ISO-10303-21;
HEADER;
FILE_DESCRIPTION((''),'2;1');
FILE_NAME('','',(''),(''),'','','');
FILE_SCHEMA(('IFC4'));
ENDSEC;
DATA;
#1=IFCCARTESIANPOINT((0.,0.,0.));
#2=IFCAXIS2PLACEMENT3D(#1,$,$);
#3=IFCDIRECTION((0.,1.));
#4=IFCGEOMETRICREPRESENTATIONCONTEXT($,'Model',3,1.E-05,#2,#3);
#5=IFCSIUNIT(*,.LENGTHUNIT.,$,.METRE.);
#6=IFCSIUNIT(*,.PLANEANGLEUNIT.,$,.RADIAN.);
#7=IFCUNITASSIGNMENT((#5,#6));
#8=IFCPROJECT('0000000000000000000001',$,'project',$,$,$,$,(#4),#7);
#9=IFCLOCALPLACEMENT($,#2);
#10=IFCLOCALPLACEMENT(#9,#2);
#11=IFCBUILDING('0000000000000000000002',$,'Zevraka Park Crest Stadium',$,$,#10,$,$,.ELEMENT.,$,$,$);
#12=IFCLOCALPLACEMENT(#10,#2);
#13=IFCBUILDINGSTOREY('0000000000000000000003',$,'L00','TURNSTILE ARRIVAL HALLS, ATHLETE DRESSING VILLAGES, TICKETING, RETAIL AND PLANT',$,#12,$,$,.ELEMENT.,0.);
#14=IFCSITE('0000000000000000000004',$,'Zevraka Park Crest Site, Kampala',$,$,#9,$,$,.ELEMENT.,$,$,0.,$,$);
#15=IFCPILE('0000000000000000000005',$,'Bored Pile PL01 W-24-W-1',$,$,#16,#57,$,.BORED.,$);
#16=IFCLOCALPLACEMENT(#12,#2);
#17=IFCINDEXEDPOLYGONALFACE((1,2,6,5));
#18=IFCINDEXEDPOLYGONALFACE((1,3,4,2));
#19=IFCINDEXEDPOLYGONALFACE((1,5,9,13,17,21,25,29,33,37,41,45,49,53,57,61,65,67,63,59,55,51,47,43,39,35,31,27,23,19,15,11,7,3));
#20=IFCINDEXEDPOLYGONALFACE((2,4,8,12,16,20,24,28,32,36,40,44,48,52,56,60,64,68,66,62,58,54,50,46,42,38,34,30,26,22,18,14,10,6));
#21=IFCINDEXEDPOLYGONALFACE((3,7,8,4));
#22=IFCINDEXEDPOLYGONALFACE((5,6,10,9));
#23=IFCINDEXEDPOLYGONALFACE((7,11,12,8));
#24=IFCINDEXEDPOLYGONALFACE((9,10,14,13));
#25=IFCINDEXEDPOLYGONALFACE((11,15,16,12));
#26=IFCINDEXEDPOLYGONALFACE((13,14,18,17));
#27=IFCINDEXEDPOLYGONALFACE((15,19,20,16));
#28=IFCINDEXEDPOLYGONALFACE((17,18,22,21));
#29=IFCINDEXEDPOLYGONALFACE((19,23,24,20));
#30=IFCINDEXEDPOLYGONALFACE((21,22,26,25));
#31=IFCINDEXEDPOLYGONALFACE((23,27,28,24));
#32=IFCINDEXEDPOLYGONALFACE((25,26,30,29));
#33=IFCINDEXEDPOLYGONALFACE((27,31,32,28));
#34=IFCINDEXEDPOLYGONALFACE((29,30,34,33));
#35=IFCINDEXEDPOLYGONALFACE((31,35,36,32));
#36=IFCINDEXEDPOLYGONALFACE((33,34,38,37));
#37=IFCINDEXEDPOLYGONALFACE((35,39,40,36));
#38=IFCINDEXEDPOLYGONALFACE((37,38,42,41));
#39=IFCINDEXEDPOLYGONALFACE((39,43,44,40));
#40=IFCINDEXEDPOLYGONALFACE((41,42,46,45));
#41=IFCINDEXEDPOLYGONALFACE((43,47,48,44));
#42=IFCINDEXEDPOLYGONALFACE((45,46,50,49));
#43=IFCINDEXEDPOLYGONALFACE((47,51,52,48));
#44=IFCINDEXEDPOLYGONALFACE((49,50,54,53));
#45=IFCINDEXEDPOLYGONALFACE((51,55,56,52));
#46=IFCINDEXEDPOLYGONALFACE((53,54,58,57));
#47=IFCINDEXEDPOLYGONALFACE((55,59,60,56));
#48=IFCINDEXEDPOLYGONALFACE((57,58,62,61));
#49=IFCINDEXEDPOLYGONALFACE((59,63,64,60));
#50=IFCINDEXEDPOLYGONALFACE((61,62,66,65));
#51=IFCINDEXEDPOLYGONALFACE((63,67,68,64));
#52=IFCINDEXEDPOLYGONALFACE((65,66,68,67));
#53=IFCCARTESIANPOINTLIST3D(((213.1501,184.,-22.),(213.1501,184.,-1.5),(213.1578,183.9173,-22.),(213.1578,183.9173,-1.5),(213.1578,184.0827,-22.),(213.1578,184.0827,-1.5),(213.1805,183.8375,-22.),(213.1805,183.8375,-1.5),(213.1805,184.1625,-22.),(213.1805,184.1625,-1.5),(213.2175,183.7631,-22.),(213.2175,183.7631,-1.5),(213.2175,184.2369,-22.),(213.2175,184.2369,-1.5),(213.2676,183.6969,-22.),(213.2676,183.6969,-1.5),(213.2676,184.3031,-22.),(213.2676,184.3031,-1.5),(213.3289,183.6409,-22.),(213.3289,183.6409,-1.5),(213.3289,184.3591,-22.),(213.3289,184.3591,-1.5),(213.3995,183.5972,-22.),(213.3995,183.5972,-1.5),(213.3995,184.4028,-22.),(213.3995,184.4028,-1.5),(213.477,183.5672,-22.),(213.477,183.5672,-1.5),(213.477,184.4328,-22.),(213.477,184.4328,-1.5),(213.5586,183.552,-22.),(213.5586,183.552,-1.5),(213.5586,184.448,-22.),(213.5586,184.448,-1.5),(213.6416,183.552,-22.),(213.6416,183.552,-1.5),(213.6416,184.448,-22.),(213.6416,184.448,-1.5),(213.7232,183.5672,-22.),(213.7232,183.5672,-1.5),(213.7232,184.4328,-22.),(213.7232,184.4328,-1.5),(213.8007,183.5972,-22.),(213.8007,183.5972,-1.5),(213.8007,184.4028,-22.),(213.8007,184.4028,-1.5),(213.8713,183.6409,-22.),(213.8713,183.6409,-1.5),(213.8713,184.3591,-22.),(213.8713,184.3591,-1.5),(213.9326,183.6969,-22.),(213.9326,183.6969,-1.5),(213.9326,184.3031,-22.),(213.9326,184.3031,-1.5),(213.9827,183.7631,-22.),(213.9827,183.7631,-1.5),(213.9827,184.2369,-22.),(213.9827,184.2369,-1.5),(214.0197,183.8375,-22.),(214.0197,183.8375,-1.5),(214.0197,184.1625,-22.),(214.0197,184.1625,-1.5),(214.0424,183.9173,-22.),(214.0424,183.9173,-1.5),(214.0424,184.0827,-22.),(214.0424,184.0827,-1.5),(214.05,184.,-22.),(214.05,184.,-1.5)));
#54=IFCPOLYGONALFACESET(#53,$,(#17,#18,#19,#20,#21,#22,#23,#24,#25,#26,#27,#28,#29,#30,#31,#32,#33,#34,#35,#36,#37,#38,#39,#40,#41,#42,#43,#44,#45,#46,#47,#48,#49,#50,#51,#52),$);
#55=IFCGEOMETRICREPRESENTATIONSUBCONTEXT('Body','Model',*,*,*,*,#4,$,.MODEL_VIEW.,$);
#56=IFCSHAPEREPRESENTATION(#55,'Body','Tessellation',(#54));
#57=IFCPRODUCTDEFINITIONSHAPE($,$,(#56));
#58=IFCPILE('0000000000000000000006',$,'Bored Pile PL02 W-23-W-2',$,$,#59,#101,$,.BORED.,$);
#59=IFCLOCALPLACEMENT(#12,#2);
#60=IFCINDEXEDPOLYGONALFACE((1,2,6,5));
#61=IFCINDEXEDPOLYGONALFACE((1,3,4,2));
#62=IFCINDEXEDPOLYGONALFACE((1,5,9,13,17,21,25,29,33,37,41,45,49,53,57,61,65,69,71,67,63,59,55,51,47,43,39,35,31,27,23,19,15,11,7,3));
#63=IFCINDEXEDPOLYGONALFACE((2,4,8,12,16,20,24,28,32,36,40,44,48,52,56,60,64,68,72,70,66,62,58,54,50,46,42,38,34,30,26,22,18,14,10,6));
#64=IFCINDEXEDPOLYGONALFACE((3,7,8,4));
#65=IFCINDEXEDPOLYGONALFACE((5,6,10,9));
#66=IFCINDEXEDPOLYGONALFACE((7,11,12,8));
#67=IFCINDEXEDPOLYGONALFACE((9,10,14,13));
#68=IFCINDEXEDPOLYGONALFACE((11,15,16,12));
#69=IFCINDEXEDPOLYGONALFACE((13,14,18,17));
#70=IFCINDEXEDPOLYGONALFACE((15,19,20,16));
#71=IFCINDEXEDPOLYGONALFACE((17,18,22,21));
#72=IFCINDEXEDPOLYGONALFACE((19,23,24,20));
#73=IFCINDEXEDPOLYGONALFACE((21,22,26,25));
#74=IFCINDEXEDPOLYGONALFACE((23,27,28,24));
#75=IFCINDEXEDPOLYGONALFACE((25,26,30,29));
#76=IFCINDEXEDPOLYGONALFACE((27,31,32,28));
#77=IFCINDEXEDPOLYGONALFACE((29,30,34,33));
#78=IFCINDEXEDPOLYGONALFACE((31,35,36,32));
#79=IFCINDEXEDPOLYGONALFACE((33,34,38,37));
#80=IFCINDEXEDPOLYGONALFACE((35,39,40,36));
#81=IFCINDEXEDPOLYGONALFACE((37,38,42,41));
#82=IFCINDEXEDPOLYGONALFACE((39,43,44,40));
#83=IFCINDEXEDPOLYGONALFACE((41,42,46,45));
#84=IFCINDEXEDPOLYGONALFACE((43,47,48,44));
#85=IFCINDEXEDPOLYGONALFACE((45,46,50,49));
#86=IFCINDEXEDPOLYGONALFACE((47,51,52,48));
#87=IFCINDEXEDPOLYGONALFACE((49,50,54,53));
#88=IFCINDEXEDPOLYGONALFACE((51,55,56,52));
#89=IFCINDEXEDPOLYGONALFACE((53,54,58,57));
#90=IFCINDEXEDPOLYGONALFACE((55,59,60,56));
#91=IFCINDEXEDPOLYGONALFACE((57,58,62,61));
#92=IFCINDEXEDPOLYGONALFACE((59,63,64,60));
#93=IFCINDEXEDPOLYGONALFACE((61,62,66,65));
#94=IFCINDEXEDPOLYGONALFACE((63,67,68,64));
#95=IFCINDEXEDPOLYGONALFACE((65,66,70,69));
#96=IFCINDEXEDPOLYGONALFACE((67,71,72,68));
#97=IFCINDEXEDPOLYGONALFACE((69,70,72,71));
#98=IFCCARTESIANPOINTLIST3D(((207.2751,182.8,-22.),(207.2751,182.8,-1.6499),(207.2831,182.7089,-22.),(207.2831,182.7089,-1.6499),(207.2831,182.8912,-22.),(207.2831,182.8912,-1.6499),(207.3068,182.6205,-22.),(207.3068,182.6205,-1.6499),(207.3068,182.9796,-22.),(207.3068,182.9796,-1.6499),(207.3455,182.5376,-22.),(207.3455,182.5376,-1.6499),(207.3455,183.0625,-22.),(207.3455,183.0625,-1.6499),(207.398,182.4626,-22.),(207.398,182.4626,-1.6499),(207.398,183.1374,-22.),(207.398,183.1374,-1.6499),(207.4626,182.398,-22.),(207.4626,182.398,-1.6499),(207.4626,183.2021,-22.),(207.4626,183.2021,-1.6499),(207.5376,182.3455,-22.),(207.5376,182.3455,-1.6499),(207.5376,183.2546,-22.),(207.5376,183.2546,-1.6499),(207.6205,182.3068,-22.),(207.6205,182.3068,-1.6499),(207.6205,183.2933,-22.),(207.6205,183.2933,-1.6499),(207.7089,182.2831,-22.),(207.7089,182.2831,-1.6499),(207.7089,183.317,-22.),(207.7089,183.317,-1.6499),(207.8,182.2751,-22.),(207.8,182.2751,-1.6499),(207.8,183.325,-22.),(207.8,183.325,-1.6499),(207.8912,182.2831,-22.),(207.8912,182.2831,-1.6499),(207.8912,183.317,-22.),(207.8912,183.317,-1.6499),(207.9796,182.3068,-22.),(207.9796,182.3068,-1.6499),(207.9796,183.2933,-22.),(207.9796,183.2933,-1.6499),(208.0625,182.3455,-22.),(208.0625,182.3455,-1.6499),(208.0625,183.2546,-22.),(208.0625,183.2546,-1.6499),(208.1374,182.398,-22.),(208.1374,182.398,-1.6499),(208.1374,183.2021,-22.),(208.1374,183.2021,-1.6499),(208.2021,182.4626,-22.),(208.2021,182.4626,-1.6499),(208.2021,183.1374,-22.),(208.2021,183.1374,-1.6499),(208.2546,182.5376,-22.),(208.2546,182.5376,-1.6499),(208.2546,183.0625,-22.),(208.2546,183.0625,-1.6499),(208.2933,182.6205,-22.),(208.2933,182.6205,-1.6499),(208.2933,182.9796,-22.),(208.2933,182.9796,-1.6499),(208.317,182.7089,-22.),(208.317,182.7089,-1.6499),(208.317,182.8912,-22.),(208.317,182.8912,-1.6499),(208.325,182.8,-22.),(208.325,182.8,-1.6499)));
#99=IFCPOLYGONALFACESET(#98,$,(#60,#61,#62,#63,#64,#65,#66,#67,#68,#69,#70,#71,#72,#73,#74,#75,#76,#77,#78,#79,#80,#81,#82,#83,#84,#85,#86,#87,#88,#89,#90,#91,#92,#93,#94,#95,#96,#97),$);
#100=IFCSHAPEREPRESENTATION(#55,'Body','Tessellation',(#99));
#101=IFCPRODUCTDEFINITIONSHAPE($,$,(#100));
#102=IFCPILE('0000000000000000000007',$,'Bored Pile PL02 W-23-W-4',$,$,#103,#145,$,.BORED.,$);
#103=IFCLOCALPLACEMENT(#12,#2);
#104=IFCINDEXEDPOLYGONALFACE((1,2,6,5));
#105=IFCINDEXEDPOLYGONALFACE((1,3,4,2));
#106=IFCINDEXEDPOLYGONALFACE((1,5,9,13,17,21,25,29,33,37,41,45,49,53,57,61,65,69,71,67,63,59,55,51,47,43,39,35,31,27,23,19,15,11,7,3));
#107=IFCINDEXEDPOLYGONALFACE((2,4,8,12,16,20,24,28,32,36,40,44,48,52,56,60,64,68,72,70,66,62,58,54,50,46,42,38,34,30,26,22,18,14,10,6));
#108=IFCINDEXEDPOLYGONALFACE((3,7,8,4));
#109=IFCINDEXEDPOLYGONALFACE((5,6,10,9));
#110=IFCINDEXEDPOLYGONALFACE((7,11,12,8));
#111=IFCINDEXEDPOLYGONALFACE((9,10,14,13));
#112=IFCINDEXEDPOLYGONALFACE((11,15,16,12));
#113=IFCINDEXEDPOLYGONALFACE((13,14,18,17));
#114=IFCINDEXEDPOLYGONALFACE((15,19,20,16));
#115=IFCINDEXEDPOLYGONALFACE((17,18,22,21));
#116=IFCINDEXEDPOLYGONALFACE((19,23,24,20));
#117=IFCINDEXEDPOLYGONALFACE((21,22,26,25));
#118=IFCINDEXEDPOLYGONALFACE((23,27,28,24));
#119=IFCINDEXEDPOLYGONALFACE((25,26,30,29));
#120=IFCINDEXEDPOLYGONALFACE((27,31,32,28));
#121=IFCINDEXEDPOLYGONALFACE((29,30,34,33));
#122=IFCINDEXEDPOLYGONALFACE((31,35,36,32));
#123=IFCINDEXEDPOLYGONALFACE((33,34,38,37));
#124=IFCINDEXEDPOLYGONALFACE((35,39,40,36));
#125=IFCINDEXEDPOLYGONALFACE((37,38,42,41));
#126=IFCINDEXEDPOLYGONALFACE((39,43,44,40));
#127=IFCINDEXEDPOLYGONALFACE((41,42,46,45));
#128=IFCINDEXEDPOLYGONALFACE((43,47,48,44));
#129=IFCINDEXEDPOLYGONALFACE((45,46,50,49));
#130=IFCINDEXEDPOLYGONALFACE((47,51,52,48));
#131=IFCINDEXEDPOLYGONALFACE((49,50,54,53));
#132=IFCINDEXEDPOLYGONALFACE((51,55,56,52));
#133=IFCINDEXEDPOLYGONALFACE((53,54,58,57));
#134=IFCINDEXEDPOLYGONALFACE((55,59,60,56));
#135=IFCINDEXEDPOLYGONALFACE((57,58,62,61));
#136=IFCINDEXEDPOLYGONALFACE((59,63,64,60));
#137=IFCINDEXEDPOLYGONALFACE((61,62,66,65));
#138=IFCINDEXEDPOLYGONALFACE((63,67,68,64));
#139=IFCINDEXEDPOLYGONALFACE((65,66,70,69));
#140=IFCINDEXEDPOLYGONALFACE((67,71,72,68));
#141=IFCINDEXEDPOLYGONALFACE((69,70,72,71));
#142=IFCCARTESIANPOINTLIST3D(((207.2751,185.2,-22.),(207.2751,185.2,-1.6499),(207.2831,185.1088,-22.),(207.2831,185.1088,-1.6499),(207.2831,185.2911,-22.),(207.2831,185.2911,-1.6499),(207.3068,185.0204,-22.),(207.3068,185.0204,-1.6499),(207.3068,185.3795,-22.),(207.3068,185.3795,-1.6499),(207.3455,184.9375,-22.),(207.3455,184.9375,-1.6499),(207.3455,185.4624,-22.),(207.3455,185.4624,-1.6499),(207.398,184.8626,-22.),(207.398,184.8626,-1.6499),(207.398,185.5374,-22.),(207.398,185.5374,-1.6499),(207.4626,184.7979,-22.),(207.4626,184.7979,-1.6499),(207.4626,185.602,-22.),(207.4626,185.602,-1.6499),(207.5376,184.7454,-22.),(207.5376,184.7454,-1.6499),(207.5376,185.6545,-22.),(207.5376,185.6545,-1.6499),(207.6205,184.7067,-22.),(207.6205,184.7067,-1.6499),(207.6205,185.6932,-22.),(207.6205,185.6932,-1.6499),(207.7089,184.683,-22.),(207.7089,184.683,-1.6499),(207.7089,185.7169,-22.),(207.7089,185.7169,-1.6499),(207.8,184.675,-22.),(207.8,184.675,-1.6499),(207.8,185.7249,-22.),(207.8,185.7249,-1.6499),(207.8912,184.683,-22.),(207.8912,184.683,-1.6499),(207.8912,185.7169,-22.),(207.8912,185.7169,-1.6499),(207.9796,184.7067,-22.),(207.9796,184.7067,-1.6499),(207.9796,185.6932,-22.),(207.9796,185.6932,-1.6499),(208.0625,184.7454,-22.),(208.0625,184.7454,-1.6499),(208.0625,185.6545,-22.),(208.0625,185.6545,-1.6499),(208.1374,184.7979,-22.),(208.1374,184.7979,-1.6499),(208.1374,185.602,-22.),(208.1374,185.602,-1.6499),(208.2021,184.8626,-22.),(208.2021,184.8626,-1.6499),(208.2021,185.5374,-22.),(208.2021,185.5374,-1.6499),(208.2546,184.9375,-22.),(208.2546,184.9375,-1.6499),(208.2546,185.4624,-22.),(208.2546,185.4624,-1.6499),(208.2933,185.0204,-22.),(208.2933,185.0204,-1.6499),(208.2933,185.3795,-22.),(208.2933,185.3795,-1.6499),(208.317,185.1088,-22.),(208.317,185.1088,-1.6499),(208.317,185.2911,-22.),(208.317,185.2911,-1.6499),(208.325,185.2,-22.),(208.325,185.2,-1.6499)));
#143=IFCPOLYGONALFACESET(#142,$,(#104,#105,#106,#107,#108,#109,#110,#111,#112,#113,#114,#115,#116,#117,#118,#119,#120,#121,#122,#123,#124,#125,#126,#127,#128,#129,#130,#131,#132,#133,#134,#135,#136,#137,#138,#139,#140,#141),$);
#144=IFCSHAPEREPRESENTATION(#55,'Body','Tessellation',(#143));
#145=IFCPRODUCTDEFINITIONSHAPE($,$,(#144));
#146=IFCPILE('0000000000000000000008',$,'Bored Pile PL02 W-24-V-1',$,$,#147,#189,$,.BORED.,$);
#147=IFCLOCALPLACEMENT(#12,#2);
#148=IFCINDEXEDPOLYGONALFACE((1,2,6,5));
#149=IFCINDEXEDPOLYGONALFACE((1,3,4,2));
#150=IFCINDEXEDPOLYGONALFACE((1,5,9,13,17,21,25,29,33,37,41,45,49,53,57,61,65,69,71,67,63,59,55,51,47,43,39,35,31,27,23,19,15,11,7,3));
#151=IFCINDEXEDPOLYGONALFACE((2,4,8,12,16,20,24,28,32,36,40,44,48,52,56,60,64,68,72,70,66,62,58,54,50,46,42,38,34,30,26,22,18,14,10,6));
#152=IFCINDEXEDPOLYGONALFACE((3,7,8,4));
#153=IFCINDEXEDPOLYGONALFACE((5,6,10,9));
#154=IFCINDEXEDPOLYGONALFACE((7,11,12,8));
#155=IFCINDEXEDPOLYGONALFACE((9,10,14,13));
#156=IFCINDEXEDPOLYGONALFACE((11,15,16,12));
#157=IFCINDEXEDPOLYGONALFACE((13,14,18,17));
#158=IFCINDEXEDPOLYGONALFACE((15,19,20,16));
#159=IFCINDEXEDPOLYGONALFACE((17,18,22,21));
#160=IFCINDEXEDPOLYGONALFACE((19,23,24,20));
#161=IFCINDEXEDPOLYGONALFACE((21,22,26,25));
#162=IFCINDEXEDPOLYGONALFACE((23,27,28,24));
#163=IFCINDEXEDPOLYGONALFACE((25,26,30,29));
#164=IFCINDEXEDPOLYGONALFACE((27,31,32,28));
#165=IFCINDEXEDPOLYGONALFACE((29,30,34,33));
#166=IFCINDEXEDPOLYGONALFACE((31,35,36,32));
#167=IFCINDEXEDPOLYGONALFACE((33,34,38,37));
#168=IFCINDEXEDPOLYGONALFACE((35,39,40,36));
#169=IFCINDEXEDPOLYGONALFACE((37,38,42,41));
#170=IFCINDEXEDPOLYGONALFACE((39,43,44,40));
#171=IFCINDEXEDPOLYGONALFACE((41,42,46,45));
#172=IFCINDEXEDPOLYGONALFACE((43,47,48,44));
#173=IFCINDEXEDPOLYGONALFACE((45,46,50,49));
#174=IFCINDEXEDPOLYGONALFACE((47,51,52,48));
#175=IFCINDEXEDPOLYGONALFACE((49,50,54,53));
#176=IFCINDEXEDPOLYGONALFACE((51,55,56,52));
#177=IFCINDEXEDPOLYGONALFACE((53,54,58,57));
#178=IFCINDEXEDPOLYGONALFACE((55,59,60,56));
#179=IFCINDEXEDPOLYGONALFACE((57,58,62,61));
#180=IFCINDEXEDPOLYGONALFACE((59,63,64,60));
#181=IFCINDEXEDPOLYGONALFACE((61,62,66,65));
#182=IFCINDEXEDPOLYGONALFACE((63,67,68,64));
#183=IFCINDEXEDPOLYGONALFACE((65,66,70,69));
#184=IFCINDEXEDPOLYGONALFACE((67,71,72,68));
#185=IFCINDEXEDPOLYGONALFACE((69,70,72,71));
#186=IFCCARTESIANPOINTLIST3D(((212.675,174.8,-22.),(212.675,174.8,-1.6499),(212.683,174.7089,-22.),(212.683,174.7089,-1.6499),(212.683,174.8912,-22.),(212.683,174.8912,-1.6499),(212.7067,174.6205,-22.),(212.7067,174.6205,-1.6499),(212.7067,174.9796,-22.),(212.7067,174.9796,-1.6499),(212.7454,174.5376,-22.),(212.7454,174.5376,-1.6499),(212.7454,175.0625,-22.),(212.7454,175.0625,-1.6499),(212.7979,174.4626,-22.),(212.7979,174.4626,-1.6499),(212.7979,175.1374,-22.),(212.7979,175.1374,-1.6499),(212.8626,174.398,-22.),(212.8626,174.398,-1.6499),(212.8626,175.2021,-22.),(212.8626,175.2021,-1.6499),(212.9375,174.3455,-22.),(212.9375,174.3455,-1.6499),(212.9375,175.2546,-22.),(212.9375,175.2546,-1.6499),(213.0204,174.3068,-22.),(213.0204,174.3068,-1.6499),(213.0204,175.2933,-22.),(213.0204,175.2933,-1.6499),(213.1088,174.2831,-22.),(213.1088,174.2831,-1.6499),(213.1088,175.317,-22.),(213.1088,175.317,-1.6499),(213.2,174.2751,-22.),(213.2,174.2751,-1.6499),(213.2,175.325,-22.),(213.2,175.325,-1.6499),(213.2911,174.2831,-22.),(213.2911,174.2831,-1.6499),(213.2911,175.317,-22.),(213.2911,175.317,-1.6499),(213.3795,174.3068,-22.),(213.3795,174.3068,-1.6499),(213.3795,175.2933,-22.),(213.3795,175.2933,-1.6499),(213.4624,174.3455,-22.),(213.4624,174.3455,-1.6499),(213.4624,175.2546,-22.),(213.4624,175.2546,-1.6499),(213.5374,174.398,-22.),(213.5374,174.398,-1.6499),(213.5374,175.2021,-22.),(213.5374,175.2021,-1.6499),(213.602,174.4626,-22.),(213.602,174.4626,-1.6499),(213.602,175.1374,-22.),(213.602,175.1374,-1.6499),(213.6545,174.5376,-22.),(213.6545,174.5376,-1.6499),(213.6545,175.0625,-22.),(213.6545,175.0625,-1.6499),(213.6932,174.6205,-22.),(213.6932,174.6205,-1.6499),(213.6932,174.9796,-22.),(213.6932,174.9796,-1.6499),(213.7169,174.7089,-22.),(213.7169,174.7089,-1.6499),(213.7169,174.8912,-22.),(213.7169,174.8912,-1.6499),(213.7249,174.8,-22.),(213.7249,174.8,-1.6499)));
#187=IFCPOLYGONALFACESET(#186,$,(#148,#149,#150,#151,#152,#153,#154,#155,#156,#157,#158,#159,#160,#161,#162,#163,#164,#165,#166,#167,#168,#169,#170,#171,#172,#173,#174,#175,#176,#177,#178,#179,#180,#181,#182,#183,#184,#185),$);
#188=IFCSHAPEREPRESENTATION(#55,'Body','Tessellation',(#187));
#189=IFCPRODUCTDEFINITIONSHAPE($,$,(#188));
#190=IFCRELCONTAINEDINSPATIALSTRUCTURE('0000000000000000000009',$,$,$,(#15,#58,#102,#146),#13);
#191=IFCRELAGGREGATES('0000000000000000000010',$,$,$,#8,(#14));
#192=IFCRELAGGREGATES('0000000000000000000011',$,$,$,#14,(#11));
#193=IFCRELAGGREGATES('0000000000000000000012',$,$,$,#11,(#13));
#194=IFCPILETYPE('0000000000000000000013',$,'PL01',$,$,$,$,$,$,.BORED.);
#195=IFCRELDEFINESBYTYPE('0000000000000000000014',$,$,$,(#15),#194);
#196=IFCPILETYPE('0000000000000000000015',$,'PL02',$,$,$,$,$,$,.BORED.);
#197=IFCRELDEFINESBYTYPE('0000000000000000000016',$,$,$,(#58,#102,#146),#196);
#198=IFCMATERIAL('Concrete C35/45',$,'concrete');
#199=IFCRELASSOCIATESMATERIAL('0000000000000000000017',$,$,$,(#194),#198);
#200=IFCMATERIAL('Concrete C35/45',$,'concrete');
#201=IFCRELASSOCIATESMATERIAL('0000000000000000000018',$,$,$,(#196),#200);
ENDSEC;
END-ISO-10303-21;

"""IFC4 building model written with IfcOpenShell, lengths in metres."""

from ifc_helpers import new_model, si_unit, direction, frame, origin, origin_2d, place, context, subcontext, project, spatial, circle, extrude, material, material_profile, profile_set, type_object, element, save


model = new_model("IFC4")

# Units and contexts
model_context = context("Model", 3, precision=1e-05, world=origin(), true_north=direction((0.0, 1.0)))
body_context = subcontext(model_context, "Body", "Model", "MODEL_VIEW")
ifc_project = project(units=[si_unit("LENGTHUNIT", "METRE"), si_unit("PLANEANGLEUNIT", "RADIAN")], contexts=[model_context])

# Site, building, storey
site_placement = place(None, origin())
site = spatial("IfcSite", under=ifc_project, at=site_placement, Name="Zevraka Park Crest Site, Kampala", CompositionType="ELEMENT", RefElevation=0.0)
building_placement = place(site_placement, origin())
building = spatial("IfcBuilding", under=site, at=building_placement, Name="Zevraka Park Crest Stadium", CompositionType="ELEMENT")
storey_placement = place(building_placement, origin())
storey = spatial("IfcBuildingStorey", under=building, at=storey_placement, Name="L00", Description="TURNSTILE ARRIVAL HALLS, ATHLETE DRESSING VILLAGES, TICKETING, RETAIL AND PLANT", CompositionType="ELEMENT", Elevation=0.0)

# Piles
ifc_material_1 = material(Name="Concrete C35/45", Category="concrete")
ifc_material_profile_1 = material_profile(ifc_material_1, circle(Radius=0.45, at=origin_2d()), Name="PILE D900")
ifc_profile_set_1 = profile_set([ifc_material_profile_1], Name="Concrete C35/45")
pile_type_1 = type_object("IfcPileType", Name="PL01", PredefinedType="BORED", material=ifc_profile_set_1)
pile_placement = place(storey_placement, frame((213.6001, 184.0, -1.5), z_axis=(0.0, 0.0, -1.0), x_axis=(1.0, 0.0, 0.0)))
element("IfcPile", 1, at=pile_placement, inside=storey, type_object=pile_type_1, Name="Bored Pile PL01 W-24-W-1", PredefinedType="BORED", context=body_context, shape_type="SweptSolid", body=[
    extrude(circle(Radius=0.45, at=origin_2d()), origin(), (0.0, 0.0, 1.0), 20.5),
])
ifc_material_2 = material(Name="Concrete C35/45", Category="concrete")
ifc_material_profile_2 = material_profile(ifc_material_2, circle(Radius=0.5249, at=origin_2d()), Name="PILE D1050")
ifc_profile_set_2 = profile_set([ifc_material_profile_2], Name="Concrete C35/45")
pile_type_2 = type_object("IfcPileType", Name="PL02", PredefinedType="BORED", material=ifc_profile_set_2)
for number, where, z_axis, x_axis, name in (
    (2, (207.8, 182.8, -1.6499), (0.0, 0.0, -1.0), (1.0, 0.0, 0.0), "Bored Pile PL02 W-23-W-2"),
    (3, (207.8, 185.2, -1.6499), (0.0, 0.0, -1.0), (1.0, 0.0, 0.0), "Bored Pile PL02 W-23-W-4"),
    (4, (213.2, 174.8, -1.6499), (0.0, 0.0, -1.0), (1.0, 0.0, 0.0), "Bored Pile PL02 W-24-V-1"),
):
    element("IfcPile", number, at=place(storey_placement, frame(where, z_axis=z_axis, x_axis=x_axis)), inside=storey, type_object=pile_type_2, Name=name, PredefinedType="BORED", context=body_context, shape_type="SweptSolid", body=[
        extrude(circle(Radius=0.5249, at=origin_2d()), origin(), (0.0, 0.0, 1.0), 20.3501),
    ])

save(model, "model.ifc")
